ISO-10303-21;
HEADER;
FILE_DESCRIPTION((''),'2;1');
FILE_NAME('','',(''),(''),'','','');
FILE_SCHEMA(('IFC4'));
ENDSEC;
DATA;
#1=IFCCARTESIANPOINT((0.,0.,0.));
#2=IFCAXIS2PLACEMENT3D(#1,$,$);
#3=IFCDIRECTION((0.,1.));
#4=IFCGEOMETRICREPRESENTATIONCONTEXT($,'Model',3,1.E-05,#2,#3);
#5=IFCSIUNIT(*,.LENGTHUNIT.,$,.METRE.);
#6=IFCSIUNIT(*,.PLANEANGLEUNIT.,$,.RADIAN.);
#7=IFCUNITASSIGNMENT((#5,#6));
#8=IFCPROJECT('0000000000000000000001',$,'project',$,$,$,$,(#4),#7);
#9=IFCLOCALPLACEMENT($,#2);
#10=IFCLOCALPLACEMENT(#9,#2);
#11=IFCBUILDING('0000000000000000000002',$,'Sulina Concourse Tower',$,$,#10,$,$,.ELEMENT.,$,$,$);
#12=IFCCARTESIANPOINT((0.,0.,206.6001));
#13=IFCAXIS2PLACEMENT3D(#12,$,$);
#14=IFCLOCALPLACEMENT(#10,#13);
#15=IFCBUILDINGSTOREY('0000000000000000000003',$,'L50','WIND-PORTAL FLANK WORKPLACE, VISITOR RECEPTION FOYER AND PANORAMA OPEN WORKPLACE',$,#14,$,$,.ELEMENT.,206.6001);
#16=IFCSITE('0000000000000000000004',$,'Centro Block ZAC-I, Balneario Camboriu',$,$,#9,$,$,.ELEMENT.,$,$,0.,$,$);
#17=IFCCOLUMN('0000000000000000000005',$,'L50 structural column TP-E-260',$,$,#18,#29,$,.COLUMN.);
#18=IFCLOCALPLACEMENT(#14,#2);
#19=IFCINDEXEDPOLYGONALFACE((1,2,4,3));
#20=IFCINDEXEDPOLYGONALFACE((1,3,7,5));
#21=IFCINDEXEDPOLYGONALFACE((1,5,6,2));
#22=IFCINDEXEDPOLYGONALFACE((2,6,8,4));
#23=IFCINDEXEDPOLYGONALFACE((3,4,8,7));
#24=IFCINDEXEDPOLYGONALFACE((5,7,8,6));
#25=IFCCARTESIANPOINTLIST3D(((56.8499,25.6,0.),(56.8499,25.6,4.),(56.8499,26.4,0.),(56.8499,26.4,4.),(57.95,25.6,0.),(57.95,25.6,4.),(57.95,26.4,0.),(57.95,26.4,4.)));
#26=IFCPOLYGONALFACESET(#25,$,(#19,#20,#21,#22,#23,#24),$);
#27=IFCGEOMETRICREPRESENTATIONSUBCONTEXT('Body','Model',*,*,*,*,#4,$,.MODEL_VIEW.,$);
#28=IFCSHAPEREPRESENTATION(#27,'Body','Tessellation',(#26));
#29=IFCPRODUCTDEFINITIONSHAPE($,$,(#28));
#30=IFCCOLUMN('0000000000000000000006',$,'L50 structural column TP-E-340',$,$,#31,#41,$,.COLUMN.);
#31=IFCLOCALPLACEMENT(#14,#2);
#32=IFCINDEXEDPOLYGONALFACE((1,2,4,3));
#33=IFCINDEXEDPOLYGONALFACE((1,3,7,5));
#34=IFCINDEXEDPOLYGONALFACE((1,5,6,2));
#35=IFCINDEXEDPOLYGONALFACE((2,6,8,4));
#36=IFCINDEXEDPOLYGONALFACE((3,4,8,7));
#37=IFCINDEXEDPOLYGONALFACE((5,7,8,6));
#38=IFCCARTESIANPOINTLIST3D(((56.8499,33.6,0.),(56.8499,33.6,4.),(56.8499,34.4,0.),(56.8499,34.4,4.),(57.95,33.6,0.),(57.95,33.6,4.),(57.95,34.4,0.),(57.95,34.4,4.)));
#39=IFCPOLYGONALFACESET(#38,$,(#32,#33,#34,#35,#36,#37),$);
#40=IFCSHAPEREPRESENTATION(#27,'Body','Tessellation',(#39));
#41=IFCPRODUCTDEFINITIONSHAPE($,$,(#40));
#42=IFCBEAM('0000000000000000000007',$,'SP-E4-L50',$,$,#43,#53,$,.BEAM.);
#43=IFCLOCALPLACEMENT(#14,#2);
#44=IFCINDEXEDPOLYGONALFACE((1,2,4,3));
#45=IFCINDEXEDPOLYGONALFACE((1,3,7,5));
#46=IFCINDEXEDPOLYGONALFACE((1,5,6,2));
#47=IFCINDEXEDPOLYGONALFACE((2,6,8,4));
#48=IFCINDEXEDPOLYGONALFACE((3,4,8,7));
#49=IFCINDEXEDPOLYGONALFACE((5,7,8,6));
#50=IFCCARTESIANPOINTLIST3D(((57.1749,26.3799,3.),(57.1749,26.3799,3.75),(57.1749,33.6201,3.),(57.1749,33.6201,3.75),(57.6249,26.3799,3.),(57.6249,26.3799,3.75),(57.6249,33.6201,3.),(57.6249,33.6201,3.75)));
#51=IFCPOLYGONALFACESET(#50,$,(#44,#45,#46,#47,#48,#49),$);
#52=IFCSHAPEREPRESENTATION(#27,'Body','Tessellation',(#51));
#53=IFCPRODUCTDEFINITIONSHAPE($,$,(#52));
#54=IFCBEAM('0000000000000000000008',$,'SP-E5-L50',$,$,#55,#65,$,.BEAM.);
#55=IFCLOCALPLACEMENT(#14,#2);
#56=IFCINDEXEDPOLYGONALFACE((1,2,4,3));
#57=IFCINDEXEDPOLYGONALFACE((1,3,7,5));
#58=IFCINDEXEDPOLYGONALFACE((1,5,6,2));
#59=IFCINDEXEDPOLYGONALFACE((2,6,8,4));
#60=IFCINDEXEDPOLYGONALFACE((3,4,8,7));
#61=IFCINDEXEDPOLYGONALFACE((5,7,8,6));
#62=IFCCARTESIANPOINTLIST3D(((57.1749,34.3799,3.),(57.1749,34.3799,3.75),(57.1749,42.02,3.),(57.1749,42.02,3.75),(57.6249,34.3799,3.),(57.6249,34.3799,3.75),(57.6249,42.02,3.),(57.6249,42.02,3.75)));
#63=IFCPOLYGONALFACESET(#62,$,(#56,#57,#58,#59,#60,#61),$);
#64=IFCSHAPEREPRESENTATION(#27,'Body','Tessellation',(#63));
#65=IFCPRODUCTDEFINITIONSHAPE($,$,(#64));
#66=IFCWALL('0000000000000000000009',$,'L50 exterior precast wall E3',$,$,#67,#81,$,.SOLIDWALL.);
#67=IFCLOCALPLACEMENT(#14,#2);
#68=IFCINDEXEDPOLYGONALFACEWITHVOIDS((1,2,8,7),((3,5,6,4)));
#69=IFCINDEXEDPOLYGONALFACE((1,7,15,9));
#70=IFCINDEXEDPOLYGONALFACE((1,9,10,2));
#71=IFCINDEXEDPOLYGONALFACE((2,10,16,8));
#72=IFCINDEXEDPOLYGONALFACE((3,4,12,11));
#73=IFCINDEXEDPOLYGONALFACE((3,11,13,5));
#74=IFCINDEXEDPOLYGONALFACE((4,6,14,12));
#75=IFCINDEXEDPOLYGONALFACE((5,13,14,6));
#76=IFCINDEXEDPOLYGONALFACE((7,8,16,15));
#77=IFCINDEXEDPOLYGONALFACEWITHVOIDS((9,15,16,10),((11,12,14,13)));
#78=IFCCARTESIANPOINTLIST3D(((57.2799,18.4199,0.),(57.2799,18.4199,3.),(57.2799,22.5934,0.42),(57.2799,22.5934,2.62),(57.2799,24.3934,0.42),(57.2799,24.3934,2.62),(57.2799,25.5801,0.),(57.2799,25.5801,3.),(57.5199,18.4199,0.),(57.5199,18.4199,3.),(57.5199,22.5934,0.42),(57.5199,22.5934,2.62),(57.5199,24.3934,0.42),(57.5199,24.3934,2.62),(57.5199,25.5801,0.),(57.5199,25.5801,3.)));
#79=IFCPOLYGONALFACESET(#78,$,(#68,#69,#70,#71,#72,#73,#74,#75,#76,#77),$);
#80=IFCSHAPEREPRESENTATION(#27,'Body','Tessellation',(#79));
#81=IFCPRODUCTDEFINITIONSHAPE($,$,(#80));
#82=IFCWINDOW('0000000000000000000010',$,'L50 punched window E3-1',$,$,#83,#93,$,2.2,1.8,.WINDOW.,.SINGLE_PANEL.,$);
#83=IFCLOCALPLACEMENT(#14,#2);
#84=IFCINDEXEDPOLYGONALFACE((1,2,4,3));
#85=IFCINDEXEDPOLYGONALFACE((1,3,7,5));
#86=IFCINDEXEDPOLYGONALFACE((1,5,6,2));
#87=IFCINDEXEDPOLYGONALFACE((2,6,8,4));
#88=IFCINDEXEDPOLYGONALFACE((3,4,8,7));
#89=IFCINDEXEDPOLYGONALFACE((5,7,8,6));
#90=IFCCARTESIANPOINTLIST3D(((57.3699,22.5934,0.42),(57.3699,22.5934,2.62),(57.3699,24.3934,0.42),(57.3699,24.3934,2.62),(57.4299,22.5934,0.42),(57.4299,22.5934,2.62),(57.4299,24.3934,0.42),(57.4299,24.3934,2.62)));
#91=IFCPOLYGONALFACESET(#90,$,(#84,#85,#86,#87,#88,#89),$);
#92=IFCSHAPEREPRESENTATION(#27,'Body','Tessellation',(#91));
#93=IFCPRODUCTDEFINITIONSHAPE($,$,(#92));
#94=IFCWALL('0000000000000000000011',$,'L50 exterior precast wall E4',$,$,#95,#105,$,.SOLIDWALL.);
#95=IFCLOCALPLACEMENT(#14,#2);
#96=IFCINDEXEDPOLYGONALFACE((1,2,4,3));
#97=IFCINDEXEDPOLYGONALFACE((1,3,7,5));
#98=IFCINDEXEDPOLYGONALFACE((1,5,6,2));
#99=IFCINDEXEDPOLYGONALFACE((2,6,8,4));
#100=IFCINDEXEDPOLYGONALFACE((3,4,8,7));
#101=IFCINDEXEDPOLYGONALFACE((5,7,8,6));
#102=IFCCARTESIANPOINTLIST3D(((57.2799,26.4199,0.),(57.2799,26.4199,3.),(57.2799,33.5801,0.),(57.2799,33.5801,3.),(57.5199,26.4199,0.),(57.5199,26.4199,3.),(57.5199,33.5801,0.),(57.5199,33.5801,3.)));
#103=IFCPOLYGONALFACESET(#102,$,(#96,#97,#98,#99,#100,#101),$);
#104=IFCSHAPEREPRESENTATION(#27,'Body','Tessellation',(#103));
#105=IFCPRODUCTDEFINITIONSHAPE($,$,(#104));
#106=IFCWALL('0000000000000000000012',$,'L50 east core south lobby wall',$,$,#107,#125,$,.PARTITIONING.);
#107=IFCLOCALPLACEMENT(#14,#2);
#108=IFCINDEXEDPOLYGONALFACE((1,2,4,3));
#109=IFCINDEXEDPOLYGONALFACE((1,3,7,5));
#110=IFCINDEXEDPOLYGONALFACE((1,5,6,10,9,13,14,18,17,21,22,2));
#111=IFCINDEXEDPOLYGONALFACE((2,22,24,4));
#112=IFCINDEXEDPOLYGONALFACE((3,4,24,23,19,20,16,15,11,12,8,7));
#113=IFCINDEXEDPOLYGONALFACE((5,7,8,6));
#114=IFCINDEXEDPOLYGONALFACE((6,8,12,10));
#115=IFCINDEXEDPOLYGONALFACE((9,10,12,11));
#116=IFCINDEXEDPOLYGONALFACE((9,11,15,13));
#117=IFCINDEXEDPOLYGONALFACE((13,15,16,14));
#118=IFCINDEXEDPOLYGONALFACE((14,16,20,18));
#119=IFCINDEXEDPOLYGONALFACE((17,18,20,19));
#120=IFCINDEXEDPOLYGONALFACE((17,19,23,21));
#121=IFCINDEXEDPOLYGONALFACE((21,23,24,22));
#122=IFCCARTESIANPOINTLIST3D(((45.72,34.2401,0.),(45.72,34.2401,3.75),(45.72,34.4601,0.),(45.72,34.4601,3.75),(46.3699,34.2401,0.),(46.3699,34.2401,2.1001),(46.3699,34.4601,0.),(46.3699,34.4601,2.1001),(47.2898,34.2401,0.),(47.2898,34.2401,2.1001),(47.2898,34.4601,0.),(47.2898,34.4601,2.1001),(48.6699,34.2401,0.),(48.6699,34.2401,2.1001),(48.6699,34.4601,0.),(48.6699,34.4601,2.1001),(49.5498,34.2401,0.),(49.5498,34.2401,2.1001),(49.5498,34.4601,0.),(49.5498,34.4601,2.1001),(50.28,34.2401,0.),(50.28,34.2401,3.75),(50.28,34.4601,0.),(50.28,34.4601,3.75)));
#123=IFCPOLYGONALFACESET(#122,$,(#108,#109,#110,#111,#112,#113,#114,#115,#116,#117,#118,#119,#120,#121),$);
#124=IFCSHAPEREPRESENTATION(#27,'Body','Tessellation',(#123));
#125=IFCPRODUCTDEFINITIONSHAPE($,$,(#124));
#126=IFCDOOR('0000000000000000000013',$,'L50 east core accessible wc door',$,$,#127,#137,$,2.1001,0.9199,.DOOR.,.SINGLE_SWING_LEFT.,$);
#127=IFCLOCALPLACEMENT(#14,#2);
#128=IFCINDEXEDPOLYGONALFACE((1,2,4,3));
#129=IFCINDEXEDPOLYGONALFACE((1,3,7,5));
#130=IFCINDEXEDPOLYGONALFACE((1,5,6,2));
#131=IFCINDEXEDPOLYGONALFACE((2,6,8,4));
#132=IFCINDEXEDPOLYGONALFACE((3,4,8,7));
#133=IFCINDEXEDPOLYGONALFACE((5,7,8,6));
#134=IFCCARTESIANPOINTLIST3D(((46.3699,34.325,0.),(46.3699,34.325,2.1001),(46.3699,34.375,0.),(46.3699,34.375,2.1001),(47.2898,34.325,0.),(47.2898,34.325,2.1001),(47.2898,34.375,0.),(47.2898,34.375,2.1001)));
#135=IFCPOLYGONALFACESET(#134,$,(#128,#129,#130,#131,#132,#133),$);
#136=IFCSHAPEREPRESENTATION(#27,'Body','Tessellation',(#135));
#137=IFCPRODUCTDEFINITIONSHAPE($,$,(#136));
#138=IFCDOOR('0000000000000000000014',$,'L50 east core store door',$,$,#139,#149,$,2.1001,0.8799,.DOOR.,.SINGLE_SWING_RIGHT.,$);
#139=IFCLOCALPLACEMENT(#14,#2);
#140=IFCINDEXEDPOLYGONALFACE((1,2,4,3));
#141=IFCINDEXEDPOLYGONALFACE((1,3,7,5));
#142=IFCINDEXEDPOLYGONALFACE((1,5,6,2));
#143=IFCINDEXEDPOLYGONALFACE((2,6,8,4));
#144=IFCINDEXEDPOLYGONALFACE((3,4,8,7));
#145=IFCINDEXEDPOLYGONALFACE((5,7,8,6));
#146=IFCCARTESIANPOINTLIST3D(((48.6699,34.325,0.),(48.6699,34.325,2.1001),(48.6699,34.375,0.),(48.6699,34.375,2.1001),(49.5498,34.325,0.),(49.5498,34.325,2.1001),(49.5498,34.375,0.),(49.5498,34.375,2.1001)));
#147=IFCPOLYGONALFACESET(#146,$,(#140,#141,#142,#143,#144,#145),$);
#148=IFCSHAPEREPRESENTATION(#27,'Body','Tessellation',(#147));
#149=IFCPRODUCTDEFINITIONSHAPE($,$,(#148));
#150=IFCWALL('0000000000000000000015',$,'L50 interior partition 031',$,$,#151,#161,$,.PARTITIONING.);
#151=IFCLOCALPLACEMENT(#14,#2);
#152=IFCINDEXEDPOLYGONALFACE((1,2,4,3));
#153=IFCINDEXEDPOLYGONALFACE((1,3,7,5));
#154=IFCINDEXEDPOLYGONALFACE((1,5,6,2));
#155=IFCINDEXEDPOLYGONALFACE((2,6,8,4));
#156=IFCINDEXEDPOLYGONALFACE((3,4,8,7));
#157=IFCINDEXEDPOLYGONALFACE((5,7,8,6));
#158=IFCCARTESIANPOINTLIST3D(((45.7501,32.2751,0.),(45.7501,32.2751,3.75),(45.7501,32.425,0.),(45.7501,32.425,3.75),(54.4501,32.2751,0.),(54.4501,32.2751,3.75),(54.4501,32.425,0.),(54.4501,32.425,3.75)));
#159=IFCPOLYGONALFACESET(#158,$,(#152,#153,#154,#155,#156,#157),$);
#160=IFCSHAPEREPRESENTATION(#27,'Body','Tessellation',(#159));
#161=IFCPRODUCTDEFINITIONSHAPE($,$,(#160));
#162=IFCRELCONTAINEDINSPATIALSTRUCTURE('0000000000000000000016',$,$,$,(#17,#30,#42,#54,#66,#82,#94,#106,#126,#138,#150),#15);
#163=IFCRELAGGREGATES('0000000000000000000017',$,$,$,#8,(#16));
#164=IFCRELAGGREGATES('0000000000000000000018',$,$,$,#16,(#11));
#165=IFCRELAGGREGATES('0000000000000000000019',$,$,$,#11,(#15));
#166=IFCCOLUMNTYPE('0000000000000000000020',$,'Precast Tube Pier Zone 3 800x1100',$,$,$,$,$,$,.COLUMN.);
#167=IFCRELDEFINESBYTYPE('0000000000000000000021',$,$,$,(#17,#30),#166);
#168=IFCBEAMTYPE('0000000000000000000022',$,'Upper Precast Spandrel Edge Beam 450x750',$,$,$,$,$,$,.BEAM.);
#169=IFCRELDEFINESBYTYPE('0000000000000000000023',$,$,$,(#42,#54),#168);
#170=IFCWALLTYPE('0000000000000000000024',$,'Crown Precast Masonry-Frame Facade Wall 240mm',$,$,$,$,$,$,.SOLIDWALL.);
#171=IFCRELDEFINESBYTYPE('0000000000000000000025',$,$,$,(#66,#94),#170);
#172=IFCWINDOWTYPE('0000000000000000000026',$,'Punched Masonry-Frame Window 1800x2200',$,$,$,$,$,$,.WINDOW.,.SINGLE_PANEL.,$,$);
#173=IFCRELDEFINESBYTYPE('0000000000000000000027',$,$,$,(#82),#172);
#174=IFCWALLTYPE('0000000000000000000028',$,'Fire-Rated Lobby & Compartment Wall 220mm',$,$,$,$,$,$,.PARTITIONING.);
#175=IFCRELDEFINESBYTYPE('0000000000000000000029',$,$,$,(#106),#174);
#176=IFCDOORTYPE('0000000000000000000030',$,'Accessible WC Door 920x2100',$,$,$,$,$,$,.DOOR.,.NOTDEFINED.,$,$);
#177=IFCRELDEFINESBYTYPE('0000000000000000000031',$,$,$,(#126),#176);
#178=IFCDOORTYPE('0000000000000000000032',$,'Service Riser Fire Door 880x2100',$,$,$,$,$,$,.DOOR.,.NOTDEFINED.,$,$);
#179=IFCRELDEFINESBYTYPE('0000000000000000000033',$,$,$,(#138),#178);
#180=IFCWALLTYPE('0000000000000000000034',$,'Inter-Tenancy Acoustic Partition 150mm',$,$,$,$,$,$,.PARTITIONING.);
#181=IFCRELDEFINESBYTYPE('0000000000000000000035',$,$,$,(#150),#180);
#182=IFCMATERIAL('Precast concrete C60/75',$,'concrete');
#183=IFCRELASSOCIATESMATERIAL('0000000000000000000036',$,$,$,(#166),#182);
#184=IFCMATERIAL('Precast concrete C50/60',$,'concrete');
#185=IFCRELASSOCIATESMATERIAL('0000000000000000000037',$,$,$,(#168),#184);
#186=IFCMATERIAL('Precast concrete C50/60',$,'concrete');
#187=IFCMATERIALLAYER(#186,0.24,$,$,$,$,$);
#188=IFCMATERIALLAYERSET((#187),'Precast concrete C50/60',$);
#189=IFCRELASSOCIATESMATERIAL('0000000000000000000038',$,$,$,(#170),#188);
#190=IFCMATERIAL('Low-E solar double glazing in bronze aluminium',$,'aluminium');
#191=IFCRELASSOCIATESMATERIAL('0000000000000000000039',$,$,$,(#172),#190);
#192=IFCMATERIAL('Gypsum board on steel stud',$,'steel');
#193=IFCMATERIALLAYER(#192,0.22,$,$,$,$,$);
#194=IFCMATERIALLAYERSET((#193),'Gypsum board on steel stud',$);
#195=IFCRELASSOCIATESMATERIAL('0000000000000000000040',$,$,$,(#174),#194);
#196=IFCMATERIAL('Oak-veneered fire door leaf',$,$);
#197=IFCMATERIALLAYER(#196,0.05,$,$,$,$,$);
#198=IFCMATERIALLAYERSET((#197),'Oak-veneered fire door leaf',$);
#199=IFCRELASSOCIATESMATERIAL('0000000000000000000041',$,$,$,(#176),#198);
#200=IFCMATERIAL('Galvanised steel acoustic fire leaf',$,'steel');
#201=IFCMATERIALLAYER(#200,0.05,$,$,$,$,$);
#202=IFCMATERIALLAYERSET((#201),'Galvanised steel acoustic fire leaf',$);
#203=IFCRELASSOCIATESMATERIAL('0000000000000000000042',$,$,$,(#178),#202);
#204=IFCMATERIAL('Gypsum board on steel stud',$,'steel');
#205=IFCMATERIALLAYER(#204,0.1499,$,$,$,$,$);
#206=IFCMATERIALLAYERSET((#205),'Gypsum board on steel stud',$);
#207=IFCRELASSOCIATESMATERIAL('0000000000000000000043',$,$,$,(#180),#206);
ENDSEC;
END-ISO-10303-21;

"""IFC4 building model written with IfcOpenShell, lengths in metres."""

from ifc_helpers import new_model, si_unit, direction, frame, frame_2d, origin, origin_2d, place, context, subcontext, project, spatial, rectangle, extrude, material, layer, layer_set, material_profile, profile_set, type_object, element, fill, save


model = new_model("IFC4")

# Units and contexts
model_context = context("Model", 3, precision=1e-05, world=origin(), true_north=direction((0.0, 1.0)))
body_context = subcontext(model_context, "Body", "Model", "MODEL_VIEW")
ifc_project = project(units=[si_unit("LENGTHUNIT", "METRE"), si_unit("PLANEANGLEUNIT", "RADIAN")], contexts=[model_context])

# Site, building, storey
site_placement = place(None, origin())
site = spatial("IfcSite", under=ifc_project, at=site_placement, Name="Centro Block ZAC-I, Balneario Camboriu", CompositionType="ELEMENT", RefElevation=0.0)
building_placement = place(site_placement, origin())
building = spatial("IfcBuilding", under=site, at=building_placement, Name="Sulina Concourse Tower", CompositionType="ELEMENT")
storey_placement = place(building_placement, frame((0.0, 0.0, 206.6001)))
storey = spatial("IfcBuildingStorey", under=building, at=storey_placement, Name="L50", Description="WIND-PORTAL FLANK WORKPLACE, VISITOR RECEPTION FOYER AND PANORAMA OPEN WORKPLACE", CompositionType="ELEMENT", Elevation=206.6001)

# Columns
ifc_material_1 = material(Name="Precast concrete C60/75", Category="concrete")
ifc_material_profile_1 = material_profile(ifc_material_1, rectangle(XDim=0.8, YDim=1.1001, at=origin_2d()), Name="PC 800x1100")
ifc_profile_set_1 = profile_set([ifc_material_profile_1], Name="Precast concrete C60/75")
column_type = type_object("IfcColumnType", Name="Precast Tube Pier Zone 3 800x1100", PredefinedType="COLUMN", material=ifc_profile_set_1)
for number, where, z_axis, x_axis, name in (
    (1, (57.3999, 26.0, 0.0), (0.0, 0.0, 1.0), (0.0, 1.0, 0.0), "L50 structural column TP-E-260"),
    (2, (57.3999, 34.0, 0.0), (0.0, 0.0, 1.0), (0.0, 1.0, 0.0), "L50 structural column TP-E-340"),
):
    element("IfcColumn", number, at=place(storey_placement, frame(where, z_axis=z_axis, x_axis=x_axis)), inside=storey, type_object=column_type, Name=name, PredefinedType="COLUMN", context=body_context, shape_type="SweptSolid", body=[
        extrude(rectangle(XDim=0.8, YDim=1.1001, at=origin_2d()), origin(), (0.0, 0.0, 1.0), 4.0),
    ])

# Beams
ifc_material_2 = material(Name="Precast concrete C50/60", Category="concrete")
ifc_material_profile_2 = material_profile(ifc_material_2, rectangle(XDim=0.45, YDim=0.75, at=origin_2d()), Name="RC 450x750")
ifc_profile_set_2 = profile_set([ifc_material_profile_2], Name="Precast concrete C50/60")
beam_type = type_object("IfcBeamType", Name="Upper Precast Spandrel Edge Beam 450x750", PredefinedType="BEAM", material=ifc_profile_set_2)
beam_1_placement = place(storey_placement, frame((57.3999, 26.3799, 3.375), z_axis=(0.0, 1.0, 0.0), x_axis=(-1.0, 0.0, 0.0)))
element("IfcBeam", 3, at=beam_1_placement, inside=storey, type_object=beam_type, Name="SP-E4-L50", PredefinedType="BEAM", context=body_context, shape_type="SweptSolid", body=[
    extrude(rectangle(XDim=0.45, YDim=0.75, at=origin_2d()), origin(), (0.0, 0.0, 1.0), 7.2402),
])
beam_2_placement = place(storey_placement, frame((57.3999, 34.3799, 3.375), z_axis=(0.0, 1.0, 0.0), x_axis=(-1.0, 0.0, 0.0)))
element("IfcBeam", 4, at=beam_2_placement, inside=storey, type_object=beam_type, Name="SP-E5-L50", PredefinedType="BEAM", context=body_context, shape_type="SweptSolid", body=[
    extrude(rectangle(XDim=0.45, YDim=0.75, at=origin_2d()), origin(), (0.0, 0.0, 1.0), 7.6401),
])

# Wall, opening, window
ifc_material_3 = material(Name="Precast concrete C50/60", Category="concrete")
ifc_layer_1 = layer(ifc_material_3, 0.24)
ifc_layer_set_1 = layer_set([ifc_layer_1], Name="Precast concrete C50/60")
wall_type_1 = type_object("IfcWallType", Name="Crown Precast Masonry-Frame Facade Wall 240mm", PredefinedType="SOLIDWALL", material=ifc_layer_set_1)
wall_1_placement = place(storey_placement, frame((57.3999, 25.5801, 0.0), z_axis=(0.0, 0.0, 1.0), x_axis=(0.0, -1.0, 0.0)))
wall_1 = element("IfcWall", 5, at=wall_1_placement, inside=storey, type_object=wall_type_1, Name="L50 exterior precast wall E3", PredefinedType="SOLIDWALL", context=body_context, shape_type="SweptSolid", body=[
    extrude(rectangle(XDim=7.1602, YDim=0.24, at=frame_2d((3.5801, 0.0))), origin(), (0.0, 0.0, 1.0), 3.0),
])
opening_1_placement = place(wall_1_placement, frame((1.1868, 0.0, 0.4199)))
opening_1 = element("IfcOpeningElement", 6, at=opening_1_placement, cuts=wall_1, PredefinedType="OPENING", context=body_context, shape_type="SweptSolid", body=[
    extrude(rectangle(XDim=1.8, YDim=2.2, at=frame_2d((0.8999, 1.1001))), frame((0.0, 0.1299, 0.0), z_axis=(0.0, -1.0, 0.0), x_axis=(1.0, 0.0, 0.0)), (0.0, 0.0, 1.0), 0.26),
])
ifc_material_4 = material(Name="Low-E solar double glazing in bronze aluminium", Category="aluminium")
window_type = type_object("IfcWindowType", Name="Punched Masonry-Frame Window 1800x2200", PartitioningType="SINGLE_PANEL", PredefinedType="WINDOW", material=ifc_material_4)
window_placement = place(opening_1_placement, origin())
window = element("IfcWindow", 7, at=window_placement, inside=storey, type_object=window_type, Name="L50 punched window E3-1", OverallHeight=2.2, OverallWidth=1.8, PartitioningType="SINGLE_PANEL", PredefinedType="WINDOW", context=body_context, shape_type="SweptSolid", body=[
    extrude(rectangle(XDim=1.8, YDim=2.2, at=frame_2d((0.8999, 1.1001))), frame((0.0, 0.03, 0.0), z_axis=(0.0, -1.0, 0.0), x_axis=(1.0, 0.0, 0.0)), (0.0, 0.0, 1.0), 0.0601),
])
fill(opening_1, window)

# Wall
wall_2_placement = place(storey_placement, frame((57.3999, 33.5801, 0.0), z_axis=(0.0, 0.0, 1.0), x_axis=(0.0, -1.0, 0.0)))
element("IfcWall", 8, at=wall_2_placement, inside=storey, type_object=wall_type_1, Name="L50 exterior precast wall E4", PredefinedType="SOLIDWALL", context=body_context, shape_type="SweptSolid", body=[
    extrude(rectangle(XDim=7.1602, YDim=0.24, at=frame_2d((3.5801, 0.0))), origin(), (0.0, 0.0, 1.0), 3.0),
])

# Wall, openings, doors
ifc_material_5 = material(Name="Gypsum board on steel stud", Category="steel")
ifc_layer_2 = layer(ifc_material_5, 0.22)
ifc_layer_set_2 = layer_set([ifc_layer_2], Name="Gypsum board on steel stud")
wall_type_2 = type_object("IfcWallType", Name="Fire-Rated Lobby & Compartment Wall 220mm", PredefinedType="PARTITIONING", material=ifc_layer_set_2)
wall_3_placement = place(storey_placement, frame((45.72, 34.3501, 0.0), z_axis=(0.0, 0.0, 1.0), x_axis=(1.0, 0.0, 0.0)))
wall_3 = element("IfcWall", 9, at=wall_3_placement, inside=storey, type_object=wall_type_2, Name="L50 east core south lobby wall", PredefinedType="PARTITIONING", context=body_context, shape_type="SweptSolid", body=[
    extrude(rectangle(XDim=4.5601, YDim=0.22, at=frame_2d((2.28, 0.0))), origin(), (0.0, 0.0, 1.0), 3.75),
])
opening_2_placement = place(wall_3_placement, frame((0.6499, 0.0, 0.0)))
opening_2 = element("IfcOpeningElement", 10, at=opening_2_placement, cuts=wall_3, PredefinedType="OPENING", context=body_context, shape_type="SweptSolid", body=[
    extrude(rectangle(XDim=0.9199, YDim=2.1001, at=frame_2d((0.46, 1.05))), frame((0.0, 0.1199, 0.0), z_axis=(0.0, -1.0, 0.0), x_axis=(1.0, 0.0, 0.0)), (0.0, 0.0, 1.0), 0.24),
])
opening_3_placement = place(wall_3_placement, frame((2.95, 0.0, 0.0)))
opening_3 = element("IfcOpeningElement", 11, at=opening_3_placement, cuts=wall_3, PredefinedType="OPENING", context=body_context, shape_type="SweptSolid", body=[
    extrude(rectangle(XDim=0.8799, YDim=2.1001, at=frame_2d((0.4399, 1.05))), frame((0.0, 0.1199, 0.0), z_axis=(0.0, -1.0, 0.0), x_axis=(1.0, 0.0, 0.0)), (0.0, 0.0, 1.0), 0.24),
])
ifc_material_6 = material(Name="Oak-veneered fire door leaf")
ifc_layer_3 = layer(ifc_material_6, 0.05)
ifc_layer_set_3 = layer_set([ifc_layer_3], Name="Oak-veneered fire door leaf")
door_type_1 = type_object("IfcDoorType", Name="Accessible WC Door 920x2100", OperationType="NOTDEFINED", PredefinedType="DOOR", material=ifc_layer_set_3)
door_1_placement = place(opening_2_placement, origin())
door_1 = element("IfcDoor", 12, at=door_1_placement, inside=storey, type_object=door_type_1, Name="L50 east core accessible wc door", OperationType="SINGLE_SWING_LEFT", OverallHeight=2.1001, OverallWidth=0.9199, PredefinedType="DOOR", context=body_context, shape_type="SweptSolid", body=[
    extrude(rectangle(XDim=0.9199, YDim=2.1001, at=frame_2d((0.46, 1.05))), frame((0.0, 0.0249, 0.0), z_axis=(0.0, -1.0, 0.0), x_axis=(1.0, 0.0, 0.0)), (0.0, 0.0, 1.0), 0.05),
])
fill(opening_2, door_1)
ifc_material_7 = material(Name="Galvanised steel acoustic fire leaf", Category="steel")
ifc_layer_4 = layer(ifc_material_7, 0.05)
ifc_layer_set_4 = layer_set([ifc_layer_4], Name="Galvanised steel acoustic fire leaf")
door_type_2 = type_object("IfcDoorType", Name="Service Riser Fire Door 880x2100", OperationType="NOTDEFINED", PredefinedType="DOOR", material=ifc_layer_set_4)
door_2_placement = place(opening_3_placement, origin())
door_2 = element("IfcDoor", 13, at=door_2_placement, inside=storey, type_object=door_type_2, Name="L50 east core store door", OperationType="SINGLE_SWING_RIGHT", OverallHeight=2.1001, OverallWidth=0.8799, PredefinedType="DOOR", context=body_context, shape_type="SweptSolid", body=[
    extrude(rectangle(XDim=0.8799, YDim=2.1001, at=frame_2d((0.4399, 1.05))), frame((0.0, 0.0249, 0.0), z_axis=(0.0, -1.0, 0.0), x_axis=(1.0, 0.0, 0.0)), (0.0, 0.0, 1.0), 0.05),
])
fill(opening_3, door_2)

# Wall
ifc_material_8 = material(Name="Gypsum board on steel stud", Category="steel")
ifc_layer_5 = layer(ifc_material_8, 0.1499)
ifc_layer_set_5 = layer_set([ifc_layer_5], Name="Gypsum board on steel stud")
wall_type_3 = type_object("IfcWallType", Name="Inter-Tenancy Acoustic Partition 150mm", PredefinedType="PARTITIONING", material=ifc_layer_set_5)
wall_4_placement = place(storey_placement, frame((45.75, 32.3501, 0.0), z_axis=(0.0, 0.0, 1.0), x_axis=(1.0, 0.0, 0.0)))
element("IfcWall", 14, at=wall_4_placement, inside=storey, type_object=wall_type_3, Name="L50 interior partition 031", PredefinedType="PARTITIONING", context=body_context, shape_type="SweptSolid", body=[
    extrude(rectangle(XDim=8.7, YDim=0.1499, at=frame_2d((4.3501, 0.0))), origin(), (0.0, 0.0, 1.0), 3.75),
])

save(model, "model.ifc")
